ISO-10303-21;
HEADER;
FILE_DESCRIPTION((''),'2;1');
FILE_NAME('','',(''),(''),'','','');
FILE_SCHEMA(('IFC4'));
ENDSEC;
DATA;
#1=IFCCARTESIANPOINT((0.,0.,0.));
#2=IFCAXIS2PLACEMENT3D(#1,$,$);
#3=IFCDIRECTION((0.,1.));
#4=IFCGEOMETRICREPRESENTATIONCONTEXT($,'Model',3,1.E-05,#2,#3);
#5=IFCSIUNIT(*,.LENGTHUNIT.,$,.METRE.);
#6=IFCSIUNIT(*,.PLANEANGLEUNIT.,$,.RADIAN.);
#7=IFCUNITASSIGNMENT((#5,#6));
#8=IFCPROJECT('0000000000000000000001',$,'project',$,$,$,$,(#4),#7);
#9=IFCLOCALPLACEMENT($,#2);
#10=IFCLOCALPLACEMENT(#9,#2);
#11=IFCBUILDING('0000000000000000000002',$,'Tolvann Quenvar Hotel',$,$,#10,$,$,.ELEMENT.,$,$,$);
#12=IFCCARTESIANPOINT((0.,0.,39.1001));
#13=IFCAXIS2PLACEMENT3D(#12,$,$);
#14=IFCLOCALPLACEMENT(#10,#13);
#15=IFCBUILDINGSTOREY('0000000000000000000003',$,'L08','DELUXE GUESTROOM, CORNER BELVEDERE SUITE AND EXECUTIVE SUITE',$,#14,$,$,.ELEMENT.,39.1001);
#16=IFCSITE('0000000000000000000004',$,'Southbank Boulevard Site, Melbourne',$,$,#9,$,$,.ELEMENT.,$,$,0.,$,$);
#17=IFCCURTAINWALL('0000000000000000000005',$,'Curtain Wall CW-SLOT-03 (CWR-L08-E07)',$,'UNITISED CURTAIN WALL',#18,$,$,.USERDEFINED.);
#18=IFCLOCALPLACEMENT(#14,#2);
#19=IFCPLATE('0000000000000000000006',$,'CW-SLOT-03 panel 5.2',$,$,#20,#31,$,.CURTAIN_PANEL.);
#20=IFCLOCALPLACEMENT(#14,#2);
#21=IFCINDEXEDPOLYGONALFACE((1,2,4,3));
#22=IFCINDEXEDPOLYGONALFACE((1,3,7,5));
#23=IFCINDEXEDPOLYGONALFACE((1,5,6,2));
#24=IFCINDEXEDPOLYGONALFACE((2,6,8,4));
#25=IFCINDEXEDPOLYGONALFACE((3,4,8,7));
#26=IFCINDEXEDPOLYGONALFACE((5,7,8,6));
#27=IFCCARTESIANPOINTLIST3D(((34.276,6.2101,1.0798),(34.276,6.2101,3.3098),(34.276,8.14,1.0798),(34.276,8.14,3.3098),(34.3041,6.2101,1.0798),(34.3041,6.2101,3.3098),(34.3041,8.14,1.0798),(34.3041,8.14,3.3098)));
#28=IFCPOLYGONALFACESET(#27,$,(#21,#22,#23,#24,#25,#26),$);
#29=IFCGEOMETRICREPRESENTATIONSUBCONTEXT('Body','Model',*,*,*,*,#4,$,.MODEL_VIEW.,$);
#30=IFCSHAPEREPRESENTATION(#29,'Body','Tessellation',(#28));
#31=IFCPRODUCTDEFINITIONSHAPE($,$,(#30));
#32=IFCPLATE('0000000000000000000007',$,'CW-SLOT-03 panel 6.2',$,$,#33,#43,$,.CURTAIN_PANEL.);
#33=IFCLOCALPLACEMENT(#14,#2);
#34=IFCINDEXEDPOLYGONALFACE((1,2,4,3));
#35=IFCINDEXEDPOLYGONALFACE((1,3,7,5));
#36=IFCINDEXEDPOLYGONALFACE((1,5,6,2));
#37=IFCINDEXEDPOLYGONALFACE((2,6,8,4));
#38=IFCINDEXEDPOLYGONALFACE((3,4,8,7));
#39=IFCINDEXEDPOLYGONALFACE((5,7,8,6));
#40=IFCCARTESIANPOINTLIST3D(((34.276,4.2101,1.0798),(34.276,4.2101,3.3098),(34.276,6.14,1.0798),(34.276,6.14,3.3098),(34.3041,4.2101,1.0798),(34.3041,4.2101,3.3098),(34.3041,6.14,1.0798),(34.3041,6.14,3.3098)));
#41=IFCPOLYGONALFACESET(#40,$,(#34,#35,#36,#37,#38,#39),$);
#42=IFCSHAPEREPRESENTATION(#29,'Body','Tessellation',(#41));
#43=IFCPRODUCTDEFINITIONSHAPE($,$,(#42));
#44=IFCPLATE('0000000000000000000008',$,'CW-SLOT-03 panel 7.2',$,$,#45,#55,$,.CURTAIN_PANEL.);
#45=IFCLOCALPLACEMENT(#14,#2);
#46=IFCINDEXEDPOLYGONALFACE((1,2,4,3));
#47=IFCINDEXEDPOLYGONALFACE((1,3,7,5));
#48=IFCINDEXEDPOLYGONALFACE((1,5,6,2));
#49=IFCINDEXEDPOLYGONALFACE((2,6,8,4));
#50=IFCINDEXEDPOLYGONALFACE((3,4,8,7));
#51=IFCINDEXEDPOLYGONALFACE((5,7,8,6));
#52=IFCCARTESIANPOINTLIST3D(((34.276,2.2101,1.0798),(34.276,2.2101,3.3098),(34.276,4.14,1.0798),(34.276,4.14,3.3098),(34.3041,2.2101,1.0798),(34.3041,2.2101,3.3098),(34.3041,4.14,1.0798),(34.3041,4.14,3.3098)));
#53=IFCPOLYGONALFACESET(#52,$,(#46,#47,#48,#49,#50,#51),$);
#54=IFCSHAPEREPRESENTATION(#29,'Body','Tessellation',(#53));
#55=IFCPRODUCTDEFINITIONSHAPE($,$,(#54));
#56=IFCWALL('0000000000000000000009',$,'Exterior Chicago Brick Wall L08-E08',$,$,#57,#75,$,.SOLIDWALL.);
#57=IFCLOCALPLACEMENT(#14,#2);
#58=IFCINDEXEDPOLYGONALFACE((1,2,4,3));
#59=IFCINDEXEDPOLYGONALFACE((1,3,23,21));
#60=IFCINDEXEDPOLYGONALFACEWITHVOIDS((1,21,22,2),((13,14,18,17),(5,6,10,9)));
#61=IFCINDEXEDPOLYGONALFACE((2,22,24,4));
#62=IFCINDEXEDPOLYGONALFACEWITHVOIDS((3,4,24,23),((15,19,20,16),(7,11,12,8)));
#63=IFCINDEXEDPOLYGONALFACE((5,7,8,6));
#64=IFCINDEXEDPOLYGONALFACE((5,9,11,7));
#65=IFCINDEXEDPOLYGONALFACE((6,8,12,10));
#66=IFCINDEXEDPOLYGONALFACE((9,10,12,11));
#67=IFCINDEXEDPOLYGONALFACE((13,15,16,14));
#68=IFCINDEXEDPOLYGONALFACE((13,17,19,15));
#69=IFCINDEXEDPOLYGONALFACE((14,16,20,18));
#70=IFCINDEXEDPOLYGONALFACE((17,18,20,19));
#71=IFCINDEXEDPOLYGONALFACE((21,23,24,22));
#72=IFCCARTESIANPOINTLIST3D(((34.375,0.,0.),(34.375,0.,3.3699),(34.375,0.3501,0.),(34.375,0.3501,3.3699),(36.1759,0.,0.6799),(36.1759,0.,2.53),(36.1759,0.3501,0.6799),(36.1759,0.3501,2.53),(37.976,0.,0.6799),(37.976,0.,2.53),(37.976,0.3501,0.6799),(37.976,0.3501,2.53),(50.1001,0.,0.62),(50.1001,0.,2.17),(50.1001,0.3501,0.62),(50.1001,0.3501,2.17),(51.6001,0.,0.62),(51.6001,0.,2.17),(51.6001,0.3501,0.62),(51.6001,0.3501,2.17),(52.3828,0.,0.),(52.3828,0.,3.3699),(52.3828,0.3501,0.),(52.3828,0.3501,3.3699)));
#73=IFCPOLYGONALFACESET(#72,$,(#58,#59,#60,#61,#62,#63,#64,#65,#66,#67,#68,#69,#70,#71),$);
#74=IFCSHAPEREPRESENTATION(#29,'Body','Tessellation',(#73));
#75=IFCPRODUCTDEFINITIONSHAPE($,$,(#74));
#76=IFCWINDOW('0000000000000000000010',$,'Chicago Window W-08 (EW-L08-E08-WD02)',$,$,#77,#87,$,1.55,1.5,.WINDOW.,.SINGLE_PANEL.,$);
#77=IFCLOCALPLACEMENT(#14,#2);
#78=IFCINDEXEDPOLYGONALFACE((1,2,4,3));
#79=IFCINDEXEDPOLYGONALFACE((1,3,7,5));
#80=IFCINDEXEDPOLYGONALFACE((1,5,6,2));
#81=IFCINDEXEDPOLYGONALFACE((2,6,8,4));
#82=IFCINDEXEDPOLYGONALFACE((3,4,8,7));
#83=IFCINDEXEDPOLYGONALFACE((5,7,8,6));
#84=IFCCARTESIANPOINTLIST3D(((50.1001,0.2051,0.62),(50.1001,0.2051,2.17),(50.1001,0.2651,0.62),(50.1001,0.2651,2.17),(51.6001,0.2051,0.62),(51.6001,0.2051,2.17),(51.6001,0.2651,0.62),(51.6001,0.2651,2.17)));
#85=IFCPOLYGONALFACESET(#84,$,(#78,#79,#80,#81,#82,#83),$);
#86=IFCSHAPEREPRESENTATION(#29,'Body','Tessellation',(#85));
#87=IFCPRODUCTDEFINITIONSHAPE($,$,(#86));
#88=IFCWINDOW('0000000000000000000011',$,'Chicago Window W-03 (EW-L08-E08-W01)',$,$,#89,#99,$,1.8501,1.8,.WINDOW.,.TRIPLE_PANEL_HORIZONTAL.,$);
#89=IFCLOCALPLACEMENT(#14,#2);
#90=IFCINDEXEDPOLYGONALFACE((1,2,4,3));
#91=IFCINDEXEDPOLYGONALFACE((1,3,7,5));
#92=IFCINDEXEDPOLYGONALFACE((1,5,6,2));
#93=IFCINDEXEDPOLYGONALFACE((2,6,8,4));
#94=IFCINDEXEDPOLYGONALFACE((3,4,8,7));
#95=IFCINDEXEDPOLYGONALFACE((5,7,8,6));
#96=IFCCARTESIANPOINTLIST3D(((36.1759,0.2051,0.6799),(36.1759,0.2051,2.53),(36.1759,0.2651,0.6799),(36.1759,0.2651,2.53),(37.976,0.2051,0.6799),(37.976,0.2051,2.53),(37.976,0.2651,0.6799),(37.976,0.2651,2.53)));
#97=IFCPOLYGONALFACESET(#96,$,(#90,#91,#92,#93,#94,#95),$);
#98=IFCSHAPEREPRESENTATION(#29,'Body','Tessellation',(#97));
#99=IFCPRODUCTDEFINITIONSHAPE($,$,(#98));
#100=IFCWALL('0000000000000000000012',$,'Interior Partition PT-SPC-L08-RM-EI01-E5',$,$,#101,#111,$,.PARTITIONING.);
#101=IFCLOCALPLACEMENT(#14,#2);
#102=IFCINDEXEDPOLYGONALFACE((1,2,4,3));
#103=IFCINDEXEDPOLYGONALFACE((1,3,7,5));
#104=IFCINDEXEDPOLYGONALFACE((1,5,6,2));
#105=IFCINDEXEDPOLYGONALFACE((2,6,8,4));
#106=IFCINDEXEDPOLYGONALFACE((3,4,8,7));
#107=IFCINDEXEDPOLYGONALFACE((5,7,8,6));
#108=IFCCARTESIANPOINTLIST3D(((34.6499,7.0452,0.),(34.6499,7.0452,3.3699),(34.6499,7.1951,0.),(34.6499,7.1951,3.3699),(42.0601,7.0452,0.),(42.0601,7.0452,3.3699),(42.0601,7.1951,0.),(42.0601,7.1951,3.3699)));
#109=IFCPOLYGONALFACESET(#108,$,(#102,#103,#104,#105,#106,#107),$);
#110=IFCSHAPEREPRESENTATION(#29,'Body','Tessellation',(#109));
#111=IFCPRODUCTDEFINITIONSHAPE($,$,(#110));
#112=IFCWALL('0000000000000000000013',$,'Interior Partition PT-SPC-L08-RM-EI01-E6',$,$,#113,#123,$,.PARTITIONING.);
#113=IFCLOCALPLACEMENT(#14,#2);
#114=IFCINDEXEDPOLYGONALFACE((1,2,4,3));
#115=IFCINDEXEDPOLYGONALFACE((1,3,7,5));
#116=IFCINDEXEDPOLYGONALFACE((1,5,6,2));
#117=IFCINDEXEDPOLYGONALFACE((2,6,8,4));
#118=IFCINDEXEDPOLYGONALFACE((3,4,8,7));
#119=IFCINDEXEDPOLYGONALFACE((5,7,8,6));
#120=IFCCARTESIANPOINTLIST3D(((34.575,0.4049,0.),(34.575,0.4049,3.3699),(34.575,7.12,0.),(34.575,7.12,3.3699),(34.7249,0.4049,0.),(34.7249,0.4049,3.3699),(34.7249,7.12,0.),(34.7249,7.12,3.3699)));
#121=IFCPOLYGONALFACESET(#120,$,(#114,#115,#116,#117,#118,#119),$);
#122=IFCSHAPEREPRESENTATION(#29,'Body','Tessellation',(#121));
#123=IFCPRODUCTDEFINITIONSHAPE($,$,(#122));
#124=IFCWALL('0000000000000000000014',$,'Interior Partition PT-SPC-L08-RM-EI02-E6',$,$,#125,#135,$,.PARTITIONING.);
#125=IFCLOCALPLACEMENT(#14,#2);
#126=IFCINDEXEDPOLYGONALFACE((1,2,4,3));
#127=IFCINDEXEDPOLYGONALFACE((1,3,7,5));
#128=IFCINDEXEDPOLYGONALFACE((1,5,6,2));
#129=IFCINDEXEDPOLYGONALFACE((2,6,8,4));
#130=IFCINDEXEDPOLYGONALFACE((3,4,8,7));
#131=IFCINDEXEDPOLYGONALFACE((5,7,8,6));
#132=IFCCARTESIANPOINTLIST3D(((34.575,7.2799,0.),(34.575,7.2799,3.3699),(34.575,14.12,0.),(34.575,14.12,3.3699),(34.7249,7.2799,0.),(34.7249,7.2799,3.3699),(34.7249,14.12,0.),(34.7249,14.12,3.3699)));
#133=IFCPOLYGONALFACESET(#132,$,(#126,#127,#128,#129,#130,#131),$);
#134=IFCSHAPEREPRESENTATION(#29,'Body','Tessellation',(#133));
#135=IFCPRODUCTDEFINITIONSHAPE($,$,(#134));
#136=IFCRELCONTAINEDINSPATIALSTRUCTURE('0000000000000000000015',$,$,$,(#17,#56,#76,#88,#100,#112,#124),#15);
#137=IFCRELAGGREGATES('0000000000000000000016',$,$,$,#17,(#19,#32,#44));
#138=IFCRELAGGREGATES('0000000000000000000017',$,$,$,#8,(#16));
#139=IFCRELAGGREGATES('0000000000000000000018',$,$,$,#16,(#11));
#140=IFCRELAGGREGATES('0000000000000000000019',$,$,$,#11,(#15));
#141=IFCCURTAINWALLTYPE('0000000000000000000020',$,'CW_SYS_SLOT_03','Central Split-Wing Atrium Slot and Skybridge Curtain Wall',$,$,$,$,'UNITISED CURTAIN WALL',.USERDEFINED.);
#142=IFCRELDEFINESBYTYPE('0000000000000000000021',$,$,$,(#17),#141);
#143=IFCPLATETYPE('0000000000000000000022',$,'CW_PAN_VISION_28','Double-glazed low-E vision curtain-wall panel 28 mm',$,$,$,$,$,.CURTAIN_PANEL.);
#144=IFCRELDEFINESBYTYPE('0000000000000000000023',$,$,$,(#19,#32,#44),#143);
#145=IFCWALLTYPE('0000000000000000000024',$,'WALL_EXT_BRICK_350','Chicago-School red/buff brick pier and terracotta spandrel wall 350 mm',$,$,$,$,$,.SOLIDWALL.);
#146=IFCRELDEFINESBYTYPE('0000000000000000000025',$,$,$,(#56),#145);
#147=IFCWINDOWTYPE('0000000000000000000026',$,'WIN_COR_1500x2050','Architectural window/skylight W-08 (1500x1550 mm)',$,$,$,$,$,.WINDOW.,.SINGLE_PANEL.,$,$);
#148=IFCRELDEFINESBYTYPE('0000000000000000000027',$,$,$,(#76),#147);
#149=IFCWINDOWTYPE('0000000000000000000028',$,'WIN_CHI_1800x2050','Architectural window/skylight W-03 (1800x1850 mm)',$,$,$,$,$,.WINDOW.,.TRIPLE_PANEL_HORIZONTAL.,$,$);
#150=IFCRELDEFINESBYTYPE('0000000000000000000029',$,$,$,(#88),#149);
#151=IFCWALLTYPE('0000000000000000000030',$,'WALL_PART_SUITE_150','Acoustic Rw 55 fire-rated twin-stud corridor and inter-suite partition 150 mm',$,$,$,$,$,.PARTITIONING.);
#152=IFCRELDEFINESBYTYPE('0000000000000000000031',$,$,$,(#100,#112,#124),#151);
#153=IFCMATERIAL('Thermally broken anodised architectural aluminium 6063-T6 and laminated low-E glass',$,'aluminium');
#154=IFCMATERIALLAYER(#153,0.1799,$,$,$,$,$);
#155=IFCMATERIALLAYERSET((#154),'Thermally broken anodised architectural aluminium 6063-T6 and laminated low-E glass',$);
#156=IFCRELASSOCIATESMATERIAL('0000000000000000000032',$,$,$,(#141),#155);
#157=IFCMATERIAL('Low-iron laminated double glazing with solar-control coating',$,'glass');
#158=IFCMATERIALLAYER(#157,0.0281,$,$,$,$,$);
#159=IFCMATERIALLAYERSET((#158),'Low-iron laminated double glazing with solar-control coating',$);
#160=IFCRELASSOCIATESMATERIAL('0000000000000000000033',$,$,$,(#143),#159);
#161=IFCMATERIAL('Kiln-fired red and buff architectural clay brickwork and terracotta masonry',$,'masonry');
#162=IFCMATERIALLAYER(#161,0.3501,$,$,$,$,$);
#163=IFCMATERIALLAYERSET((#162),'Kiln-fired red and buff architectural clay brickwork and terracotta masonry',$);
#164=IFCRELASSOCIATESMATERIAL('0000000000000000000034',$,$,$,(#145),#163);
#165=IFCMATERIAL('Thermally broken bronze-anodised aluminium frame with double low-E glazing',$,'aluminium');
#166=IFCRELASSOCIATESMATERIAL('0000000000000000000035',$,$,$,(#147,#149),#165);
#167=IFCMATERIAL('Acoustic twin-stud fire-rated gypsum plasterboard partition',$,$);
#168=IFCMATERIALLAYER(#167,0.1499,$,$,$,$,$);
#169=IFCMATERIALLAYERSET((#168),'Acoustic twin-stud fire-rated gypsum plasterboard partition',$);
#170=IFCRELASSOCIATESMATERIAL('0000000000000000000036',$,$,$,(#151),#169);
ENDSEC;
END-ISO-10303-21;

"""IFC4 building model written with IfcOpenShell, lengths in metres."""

from ifc_helpers import new_model, si_unit, direction, frame, frame_2d, origin, origin_2d, place, context, subcontext, project, spatial, rectangle, extrude, source, transform, mapped, material, layer, layer_set, type_object, type_shapes, element, fill, aggregate, save


model = new_model("IFC4")

# Units and contexts
model_context = context("Model", 3, precision=1e-05, world=origin(), true_north=direction((0.0, 1.0)))
body_context = subcontext(model_context, "Body", "Model", "MODEL_VIEW")
ifc_project = project(units=[si_unit("LENGTHUNIT", "METRE"), si_unit("PLANEANGLEUNIT", "RADIAN")], contexts=[model_context])

# Site, building, storey
site_placement = place(None, origin())
site = spatial("IfcSite", under=ifc_project, at=site_placement, Name="Southbank Boulevard Site, Melbourne", CompositionType="ELEMENT", RefElevation=0.0)
building_placement = place(site_placement, origin())
building = spatial("IfcBuilding", under=site, at=building_placement, Name="Tolvann Quenvar Hotel", CompositionType="ELEMENT")
storey_placement = place(building_placement, frame((0.0, 0.0, 39.1001)))
storey = spatial("IfcBuildingStorey", under=building, at=storey_placement, Name="L08", Description="DELUXE GUESTROOM, CORNER BELVEDERE SUITE AND EXECUTIVE SUITE", CompositionType="ELEMENT", Elevation=39.1001)

# Curtain wall, plates
ifc_material_1 = material(Name="Thermally broken anodised architectural aluminium 6063-T6 and laminated low-E glass", Category="aluminium")
ifc_layer_1 = layer(ifc_material_1, 0.1799)
ifc_layer_set_1 = layer_set([ifc_layer_1], Name="Thermally broken anodised architectural aluminium 6063-T6 and laminated low-E glass")
curtain_wall_type = type_object("IfcCurtainWallType", Name="CW_SYS_SLOT_03", Description="Central Split-Wing Atrium Slot and Skybridge Curtain Wall", ElementType="UNITISED CURTAIN WALL", PredefinedType="USERDEFINED", material=ifc_layer_set_1)
curtain_wall_placement = place(storey_placement, origin())
curtain_wall = element("IfcCurtainWall", 1, at=curtain_wall_placement, inside=storey, type_object=curtain_wall_type, Name="Curtain Wall CW-SLOT-03 (CWR-L08-E07)", ObjectType="UNITISED CURTAIN WALL", PredefinedType="USERDEFINED")
ifc_material_2 = material(Name="Low-iron laminated double glazing with solar-control coating", Category="glass")
ifc_layer_2 = layer(ifc_material_2, 0.0281)
ifc_layer_set_2 = layer_set([ifc_layer_2], Name="Low-iron laminated double glazing with solar-control coating")
plate_type = type_object("IfcPlateType", Name="CW_PAN_VISION_28", Description="Double-glazed low-E vision curtain-wall panel 28 mm", PredefinedType="CURTAIN_PANEL", material=ifc_layer_set_2)
shared_shape_1 = source(origin(), body_context, "Body", "SweptSolid", [
    extrude(rectangle(XDim=1.9299, YDim=0.0281, at=origin_2d()), origin(), (0.0, 0.0, 1.0), 2.23),
])
plate_1_placement = place(storey_placement, frame((34.29, 7.175, 1.0798), z_axis=(0.0, 0.0, 1.0), x_axis=(0.0, -1.0, 0.0)))
plate_1 = element("IfcPlate", 2, at=plate_1_placement, type_object=plate_type, Name="CW-SLOT-03 panel 5.2", PredefinedType="CURTAIN_PANEL", context=body_context, shape_type="MappedRepresentation", body=[
    mapped(shared_shape_1, transform((0.0, 0.0, 0.0), x_axis=(1.0, 0.0, 0.0), y_axis=(0.0, 1.0, 0.0), z_axis=(0.0, 0.0, 1.0), scale=1.0)),
])
plate_2_placement = place(storey_placement, frame((34.29, 5.175, 1.0798), z_axis=(0.0, 0.0, 1.0), x_axis=(0.0, -1.0, 0.0)))
plate_2 = element("IfcPlate", 3, at=plate_2_placement, type_object=plate_type, Name="CW-SLOT-03 panel 6.2", PredefinedType="CURTAIN_PANEL", context=body_context, shape_type="MappedRepresentation", body=[
    mapped(shared_shape_1, transform((0.0, 0.0, 0.0), x_axis=(1.0, 0.0, 0.0), y_axis=(0.0, 1.0, 0.0), z_axis=(0.0, 0.0, 1.0), scale=1.0)),
])
plate_3_placement = place(storey_placement, frame((34.29, 3.175, 1.0798), z_axis=(0.0, 0.0, 1.0), x_axis=(0.0, -1.0, 0.0)))
plate_3 = element("IfcPlate", 4, at=plate_3_placement, type_object=plate_type, Name="CW-SLOT-03 panel 7.2", PredefinedType="CURTAIN_PANEL", context=body_context, shape_type="MappedRepresentation", body=[
    mapped(shared_shape_1, transform((0.0, 0.0, 0.0), x_axis=(1.0, 0.0, 0.0), y_axis=(0.0, 1.0, 0.0), z_axis=(0.0, 0.0, 1.0), scale=1.0)),
])
aggregate(curtain_wall, [plate_1, plate_2, plate_3])

# Wall, openings, windows
ifc_material_3 = material(Name="Kiln-fired red and buff architectural clay brickwork and terracotta masonry", Category="masonry")
ifc_layer_3 = layer(ifc_material_3, 0.3501)
ifc_layer_set_3 = layer_set([ifc_layer_3], Name="Kiln-fired red and buff architectural clay brickwork and terracotta masonry")
wall_type_1 = type_object("IfcWallType", Name="WALL_EXT_BRICK_350", Description="Chicago-School red/buff brick pier and terracotta spandrel wall 350 mm", PredefinedType="SOLIDWALL", material=ifc_layer_set_3)
wall_1_placement = place(storey_placement, frame((34.375, 0.175, 0.0), z_axis=(0.0, 0.0, 1.0), x_axis=(1.0, 0.0, 0.0)))
wall_1 = element("IfcWall", 5, at=wall_1_placement, inside=storey, type_object=wall_type_1, Name="Exterior Chicago Brick Wall L08-E08", PredefinedType="SOLIDWALL", context=body_context, shape_type="SweptSolid", body=[
    extrude(rectangle(XDim=18.0078, YDim=0.3501, at=frame_2d((9.0039, 0.0))), origin(), (0.0, 0.0, 1.0), 3.3699),
])
opening_1_placement = place(wall_1_placement, frame((1.801, 0.0, 0.6799)))
opening_1 = element("IfcOpeningElement", 6, at=opening_1_placement, cuts=wall_1, PredefinedType="OPENING", context=body_context, shape_type="SweptSolid", body=[
    extrude(rectangle(XDim=1.8, YDim=1.8501, at=frame_2d((0.8999, 0.925))), frame((0.0, 0.1851, 0.0), z_axis=(0.0, -1.0, 0.0), x_axis=(1.0, 0.0, 0.0)), (0.0, 0.0, 1.0), 0.3701),
])
opening_2_placement = place(wall_1_placement, frame((15.7251, 0.0, 0.6201)))
opening_2 = element("IfcOpeningElement", 7, at=opening_2_placement, cuts=wall_1, PredefinedType="OPENING", context=body_context, shape_type="SweptSolid", body=[
    extrude(rectangle(XDim=1.5, YDim=1.55, at=frame_2d((0.75, 0.7749))), frame((0.0, 0.1851, 0.0), z_axis=(0.0, -1.0, 0.0), x_axis=(1.0, 0.0, 0.0)), (0.0, 0.0, 1.0), 0.3701),
])
ifc_material_4 = material(Name="Thermally broken bronze-anodised aluminium frame with double low-E glazing", Category="aluminium")
window_type_1 = type_object("IfcWindowType", Name="WIN_COR_1500x2050", Description="Architectural window/skylight W-08 (1500x1550 mm)", PartitioningType="SINGLE_PANEL", PredefinedType="WINDOW", material=ifc_material_4)
shared_shape_2 = source(origin(), body_context, "Body", "SweptSolid", [
    extrude(rectangle(XDim=1.5, YDim=1.55, at=frame_2d((0.75, 0.7749))), frame((0.0, 0.0901, 0.0), z_axis=(0.0, -1.0, 0.0), x_axis=(1.0, 0.0, 0.0)), (0.0, 0.0, 1.0), 0.0601),
])
type_shapes(window_type_1, [shared_shape_2])
window_1_placement = place(opening_2_placement, origin())
window_1 = element("IfcWindow", 8, at=window_1_placement, inside=storey, type_object=window_type_1, Name="Chicago Window W-08 (EW-L08-E08-WD02)", OverallHeight=1.55, OverallWidth=1.5, PartitioningType="SINGLE_PANEL", PredefinedType="WINDOW", context=body_context, shape_type="MappedRepresentation", body=[
    mapped(shared_shape_2, transform((0.0, 0.0, 0.0), x_axis=(1.0, 0.0, 0.0), y_axis=(0.0, 1.0, 0.0), z_axis=(0.0, 0.0, 1.0), scale=1.0)),
])
fill(opening_2, window_1)
window_type_2 = type_object("IfcWindowType", Name="WIN_CHI_1800x2050", Description="Architectural window/skylight W-03 (1800x1850 mm)", PartitioningType="TRIPLE_PANEL_HORIZONTAL", PredefinedType="WINDOW", material=ifc_material_4)
shared_shape_3 = source(origin(), body_context, "Body", "SweptSolid", [
    extrude(rectangle(XDim=1.8, YDim=1.8501, at=frame_2d((0.8999, 0.925))), frame((0.0, 0.0901, 0.0), z_axis=(0.0, -1.0, 0.0), x_axis=(1.0, 0.0, 0.0)), (0.0, 0.0, 1.0), 0.0601),
])
type_shapes(window_type_2, [shared_shape_3])
window_2_placement = place(opening_1_placement, origin())
window_2 = element("IfcWindow", 9, at=window_2_placement, inside=storey, type_object=window_type_2, Name="Chicago Window W-03 (EW-L08-E08-W01)", OverallHeight=1.8501, OverallWidth=1.8, PartitioningType="TRIPLE_PANEL_HORIZONTAL", PredefinedType="WINDOW", context=body_context, shape_type="MappedRepresentation", body=[
    mapped(shared_shape_3, transform((0.0, 0.0, 0.0), x_axis=(1.0, 0.0, 0.0), y_axis=(0.0, 1.0, 0.0), z_axis=(0.0, 0.0, 1.0), scale=1.0)),
])
fill(opening_1, window_2)

# Walls
ifc_material_5 = material(Name="Acoustic twin-stud fire-rated gypsum plasterboard partition")
ifc_layer_4 = layer(ifc_material_5, 0.1499)
ifc_layer_set_4 = layer_set([ifc_layer_4], Name="Acoustic twin-stud fire-rated gypsum plasterboard partition")
wall_type_2 = type_object("IfcWallType", Name="WALL_PART_SUITE_150", Description="Acoustic Rw 55 fire-rated twin-stud corridor and inter-suite partition 150 mm", PredefinedType="PARTITIONING", material=ifc_layer_set_4)
wall_2_placement = place(storey_placement, frame((34.6499, 7.1201, 0.0), z_axis=(0.0, 0.0, 1.0), x_axis=(1.0, 0.0, 0.0)))
element("IfcWall", 10, at=wall_2_placement, inside=storey, type_object=wall_type_2, Name="Interior Partition PT-SPC-L08-RM-EI01-E5", PredefinedType="PARTITIONING", context=body_context, shape_type="SweptSolid", body=[
    extrude(rectangle(XDim=7.4102, YDim=0.1499, at=frame_2d((3.7051, 0.0))), origin(), (0.0, 0.0, 1.0), 3.3699),
])
wall_3_placement = place(storey_placement, frame((34.6499, 0.405, 0.0), z_axis=(0.0, 0.0, 1.0), x_axis=(0.0, 1.0, 0.0)))
element("IfcWall", 11, at=wall_3_placement, inside=storey, type_object=wall_type_2, Name="Interior Partition PT-SPC-L08-RM-EI01-E6", PredefinedType="PARTITIONING", context=body_context, shape_type="SweptSolid", body=[
    extrude(rectangle(XDim=6.7151, YDim=0.1499, at=frame_2d((3.3574, 0.0))), origin(), (0.0, 0.0, 1.0), 3.3699),
])
wall_4_placement = place(storey_placement, frame((34.6499, 7.28, 0.0), z_axis=(0.0, 0.0, 1.0), x_axis=(0.0, 1.0, 0.0)))
element("IfcWall", 12, at=wall_4_placement, inside=storey, type_object=wall_type_2, Name="Interior Partition PT-SPC-L08-RM-EI02-E6", PredefinedType="PARTITIONING", context=body_context, shape_type="SweptSolid", body=[
    extrude(rectangle(XDim=6.8401, YDim=0.1499, at=frame_2d((3.4199, 0.0))), origin(), (0.0, 0.0, 1.0), 3.3699),
])

save(model, "model.ifc")
